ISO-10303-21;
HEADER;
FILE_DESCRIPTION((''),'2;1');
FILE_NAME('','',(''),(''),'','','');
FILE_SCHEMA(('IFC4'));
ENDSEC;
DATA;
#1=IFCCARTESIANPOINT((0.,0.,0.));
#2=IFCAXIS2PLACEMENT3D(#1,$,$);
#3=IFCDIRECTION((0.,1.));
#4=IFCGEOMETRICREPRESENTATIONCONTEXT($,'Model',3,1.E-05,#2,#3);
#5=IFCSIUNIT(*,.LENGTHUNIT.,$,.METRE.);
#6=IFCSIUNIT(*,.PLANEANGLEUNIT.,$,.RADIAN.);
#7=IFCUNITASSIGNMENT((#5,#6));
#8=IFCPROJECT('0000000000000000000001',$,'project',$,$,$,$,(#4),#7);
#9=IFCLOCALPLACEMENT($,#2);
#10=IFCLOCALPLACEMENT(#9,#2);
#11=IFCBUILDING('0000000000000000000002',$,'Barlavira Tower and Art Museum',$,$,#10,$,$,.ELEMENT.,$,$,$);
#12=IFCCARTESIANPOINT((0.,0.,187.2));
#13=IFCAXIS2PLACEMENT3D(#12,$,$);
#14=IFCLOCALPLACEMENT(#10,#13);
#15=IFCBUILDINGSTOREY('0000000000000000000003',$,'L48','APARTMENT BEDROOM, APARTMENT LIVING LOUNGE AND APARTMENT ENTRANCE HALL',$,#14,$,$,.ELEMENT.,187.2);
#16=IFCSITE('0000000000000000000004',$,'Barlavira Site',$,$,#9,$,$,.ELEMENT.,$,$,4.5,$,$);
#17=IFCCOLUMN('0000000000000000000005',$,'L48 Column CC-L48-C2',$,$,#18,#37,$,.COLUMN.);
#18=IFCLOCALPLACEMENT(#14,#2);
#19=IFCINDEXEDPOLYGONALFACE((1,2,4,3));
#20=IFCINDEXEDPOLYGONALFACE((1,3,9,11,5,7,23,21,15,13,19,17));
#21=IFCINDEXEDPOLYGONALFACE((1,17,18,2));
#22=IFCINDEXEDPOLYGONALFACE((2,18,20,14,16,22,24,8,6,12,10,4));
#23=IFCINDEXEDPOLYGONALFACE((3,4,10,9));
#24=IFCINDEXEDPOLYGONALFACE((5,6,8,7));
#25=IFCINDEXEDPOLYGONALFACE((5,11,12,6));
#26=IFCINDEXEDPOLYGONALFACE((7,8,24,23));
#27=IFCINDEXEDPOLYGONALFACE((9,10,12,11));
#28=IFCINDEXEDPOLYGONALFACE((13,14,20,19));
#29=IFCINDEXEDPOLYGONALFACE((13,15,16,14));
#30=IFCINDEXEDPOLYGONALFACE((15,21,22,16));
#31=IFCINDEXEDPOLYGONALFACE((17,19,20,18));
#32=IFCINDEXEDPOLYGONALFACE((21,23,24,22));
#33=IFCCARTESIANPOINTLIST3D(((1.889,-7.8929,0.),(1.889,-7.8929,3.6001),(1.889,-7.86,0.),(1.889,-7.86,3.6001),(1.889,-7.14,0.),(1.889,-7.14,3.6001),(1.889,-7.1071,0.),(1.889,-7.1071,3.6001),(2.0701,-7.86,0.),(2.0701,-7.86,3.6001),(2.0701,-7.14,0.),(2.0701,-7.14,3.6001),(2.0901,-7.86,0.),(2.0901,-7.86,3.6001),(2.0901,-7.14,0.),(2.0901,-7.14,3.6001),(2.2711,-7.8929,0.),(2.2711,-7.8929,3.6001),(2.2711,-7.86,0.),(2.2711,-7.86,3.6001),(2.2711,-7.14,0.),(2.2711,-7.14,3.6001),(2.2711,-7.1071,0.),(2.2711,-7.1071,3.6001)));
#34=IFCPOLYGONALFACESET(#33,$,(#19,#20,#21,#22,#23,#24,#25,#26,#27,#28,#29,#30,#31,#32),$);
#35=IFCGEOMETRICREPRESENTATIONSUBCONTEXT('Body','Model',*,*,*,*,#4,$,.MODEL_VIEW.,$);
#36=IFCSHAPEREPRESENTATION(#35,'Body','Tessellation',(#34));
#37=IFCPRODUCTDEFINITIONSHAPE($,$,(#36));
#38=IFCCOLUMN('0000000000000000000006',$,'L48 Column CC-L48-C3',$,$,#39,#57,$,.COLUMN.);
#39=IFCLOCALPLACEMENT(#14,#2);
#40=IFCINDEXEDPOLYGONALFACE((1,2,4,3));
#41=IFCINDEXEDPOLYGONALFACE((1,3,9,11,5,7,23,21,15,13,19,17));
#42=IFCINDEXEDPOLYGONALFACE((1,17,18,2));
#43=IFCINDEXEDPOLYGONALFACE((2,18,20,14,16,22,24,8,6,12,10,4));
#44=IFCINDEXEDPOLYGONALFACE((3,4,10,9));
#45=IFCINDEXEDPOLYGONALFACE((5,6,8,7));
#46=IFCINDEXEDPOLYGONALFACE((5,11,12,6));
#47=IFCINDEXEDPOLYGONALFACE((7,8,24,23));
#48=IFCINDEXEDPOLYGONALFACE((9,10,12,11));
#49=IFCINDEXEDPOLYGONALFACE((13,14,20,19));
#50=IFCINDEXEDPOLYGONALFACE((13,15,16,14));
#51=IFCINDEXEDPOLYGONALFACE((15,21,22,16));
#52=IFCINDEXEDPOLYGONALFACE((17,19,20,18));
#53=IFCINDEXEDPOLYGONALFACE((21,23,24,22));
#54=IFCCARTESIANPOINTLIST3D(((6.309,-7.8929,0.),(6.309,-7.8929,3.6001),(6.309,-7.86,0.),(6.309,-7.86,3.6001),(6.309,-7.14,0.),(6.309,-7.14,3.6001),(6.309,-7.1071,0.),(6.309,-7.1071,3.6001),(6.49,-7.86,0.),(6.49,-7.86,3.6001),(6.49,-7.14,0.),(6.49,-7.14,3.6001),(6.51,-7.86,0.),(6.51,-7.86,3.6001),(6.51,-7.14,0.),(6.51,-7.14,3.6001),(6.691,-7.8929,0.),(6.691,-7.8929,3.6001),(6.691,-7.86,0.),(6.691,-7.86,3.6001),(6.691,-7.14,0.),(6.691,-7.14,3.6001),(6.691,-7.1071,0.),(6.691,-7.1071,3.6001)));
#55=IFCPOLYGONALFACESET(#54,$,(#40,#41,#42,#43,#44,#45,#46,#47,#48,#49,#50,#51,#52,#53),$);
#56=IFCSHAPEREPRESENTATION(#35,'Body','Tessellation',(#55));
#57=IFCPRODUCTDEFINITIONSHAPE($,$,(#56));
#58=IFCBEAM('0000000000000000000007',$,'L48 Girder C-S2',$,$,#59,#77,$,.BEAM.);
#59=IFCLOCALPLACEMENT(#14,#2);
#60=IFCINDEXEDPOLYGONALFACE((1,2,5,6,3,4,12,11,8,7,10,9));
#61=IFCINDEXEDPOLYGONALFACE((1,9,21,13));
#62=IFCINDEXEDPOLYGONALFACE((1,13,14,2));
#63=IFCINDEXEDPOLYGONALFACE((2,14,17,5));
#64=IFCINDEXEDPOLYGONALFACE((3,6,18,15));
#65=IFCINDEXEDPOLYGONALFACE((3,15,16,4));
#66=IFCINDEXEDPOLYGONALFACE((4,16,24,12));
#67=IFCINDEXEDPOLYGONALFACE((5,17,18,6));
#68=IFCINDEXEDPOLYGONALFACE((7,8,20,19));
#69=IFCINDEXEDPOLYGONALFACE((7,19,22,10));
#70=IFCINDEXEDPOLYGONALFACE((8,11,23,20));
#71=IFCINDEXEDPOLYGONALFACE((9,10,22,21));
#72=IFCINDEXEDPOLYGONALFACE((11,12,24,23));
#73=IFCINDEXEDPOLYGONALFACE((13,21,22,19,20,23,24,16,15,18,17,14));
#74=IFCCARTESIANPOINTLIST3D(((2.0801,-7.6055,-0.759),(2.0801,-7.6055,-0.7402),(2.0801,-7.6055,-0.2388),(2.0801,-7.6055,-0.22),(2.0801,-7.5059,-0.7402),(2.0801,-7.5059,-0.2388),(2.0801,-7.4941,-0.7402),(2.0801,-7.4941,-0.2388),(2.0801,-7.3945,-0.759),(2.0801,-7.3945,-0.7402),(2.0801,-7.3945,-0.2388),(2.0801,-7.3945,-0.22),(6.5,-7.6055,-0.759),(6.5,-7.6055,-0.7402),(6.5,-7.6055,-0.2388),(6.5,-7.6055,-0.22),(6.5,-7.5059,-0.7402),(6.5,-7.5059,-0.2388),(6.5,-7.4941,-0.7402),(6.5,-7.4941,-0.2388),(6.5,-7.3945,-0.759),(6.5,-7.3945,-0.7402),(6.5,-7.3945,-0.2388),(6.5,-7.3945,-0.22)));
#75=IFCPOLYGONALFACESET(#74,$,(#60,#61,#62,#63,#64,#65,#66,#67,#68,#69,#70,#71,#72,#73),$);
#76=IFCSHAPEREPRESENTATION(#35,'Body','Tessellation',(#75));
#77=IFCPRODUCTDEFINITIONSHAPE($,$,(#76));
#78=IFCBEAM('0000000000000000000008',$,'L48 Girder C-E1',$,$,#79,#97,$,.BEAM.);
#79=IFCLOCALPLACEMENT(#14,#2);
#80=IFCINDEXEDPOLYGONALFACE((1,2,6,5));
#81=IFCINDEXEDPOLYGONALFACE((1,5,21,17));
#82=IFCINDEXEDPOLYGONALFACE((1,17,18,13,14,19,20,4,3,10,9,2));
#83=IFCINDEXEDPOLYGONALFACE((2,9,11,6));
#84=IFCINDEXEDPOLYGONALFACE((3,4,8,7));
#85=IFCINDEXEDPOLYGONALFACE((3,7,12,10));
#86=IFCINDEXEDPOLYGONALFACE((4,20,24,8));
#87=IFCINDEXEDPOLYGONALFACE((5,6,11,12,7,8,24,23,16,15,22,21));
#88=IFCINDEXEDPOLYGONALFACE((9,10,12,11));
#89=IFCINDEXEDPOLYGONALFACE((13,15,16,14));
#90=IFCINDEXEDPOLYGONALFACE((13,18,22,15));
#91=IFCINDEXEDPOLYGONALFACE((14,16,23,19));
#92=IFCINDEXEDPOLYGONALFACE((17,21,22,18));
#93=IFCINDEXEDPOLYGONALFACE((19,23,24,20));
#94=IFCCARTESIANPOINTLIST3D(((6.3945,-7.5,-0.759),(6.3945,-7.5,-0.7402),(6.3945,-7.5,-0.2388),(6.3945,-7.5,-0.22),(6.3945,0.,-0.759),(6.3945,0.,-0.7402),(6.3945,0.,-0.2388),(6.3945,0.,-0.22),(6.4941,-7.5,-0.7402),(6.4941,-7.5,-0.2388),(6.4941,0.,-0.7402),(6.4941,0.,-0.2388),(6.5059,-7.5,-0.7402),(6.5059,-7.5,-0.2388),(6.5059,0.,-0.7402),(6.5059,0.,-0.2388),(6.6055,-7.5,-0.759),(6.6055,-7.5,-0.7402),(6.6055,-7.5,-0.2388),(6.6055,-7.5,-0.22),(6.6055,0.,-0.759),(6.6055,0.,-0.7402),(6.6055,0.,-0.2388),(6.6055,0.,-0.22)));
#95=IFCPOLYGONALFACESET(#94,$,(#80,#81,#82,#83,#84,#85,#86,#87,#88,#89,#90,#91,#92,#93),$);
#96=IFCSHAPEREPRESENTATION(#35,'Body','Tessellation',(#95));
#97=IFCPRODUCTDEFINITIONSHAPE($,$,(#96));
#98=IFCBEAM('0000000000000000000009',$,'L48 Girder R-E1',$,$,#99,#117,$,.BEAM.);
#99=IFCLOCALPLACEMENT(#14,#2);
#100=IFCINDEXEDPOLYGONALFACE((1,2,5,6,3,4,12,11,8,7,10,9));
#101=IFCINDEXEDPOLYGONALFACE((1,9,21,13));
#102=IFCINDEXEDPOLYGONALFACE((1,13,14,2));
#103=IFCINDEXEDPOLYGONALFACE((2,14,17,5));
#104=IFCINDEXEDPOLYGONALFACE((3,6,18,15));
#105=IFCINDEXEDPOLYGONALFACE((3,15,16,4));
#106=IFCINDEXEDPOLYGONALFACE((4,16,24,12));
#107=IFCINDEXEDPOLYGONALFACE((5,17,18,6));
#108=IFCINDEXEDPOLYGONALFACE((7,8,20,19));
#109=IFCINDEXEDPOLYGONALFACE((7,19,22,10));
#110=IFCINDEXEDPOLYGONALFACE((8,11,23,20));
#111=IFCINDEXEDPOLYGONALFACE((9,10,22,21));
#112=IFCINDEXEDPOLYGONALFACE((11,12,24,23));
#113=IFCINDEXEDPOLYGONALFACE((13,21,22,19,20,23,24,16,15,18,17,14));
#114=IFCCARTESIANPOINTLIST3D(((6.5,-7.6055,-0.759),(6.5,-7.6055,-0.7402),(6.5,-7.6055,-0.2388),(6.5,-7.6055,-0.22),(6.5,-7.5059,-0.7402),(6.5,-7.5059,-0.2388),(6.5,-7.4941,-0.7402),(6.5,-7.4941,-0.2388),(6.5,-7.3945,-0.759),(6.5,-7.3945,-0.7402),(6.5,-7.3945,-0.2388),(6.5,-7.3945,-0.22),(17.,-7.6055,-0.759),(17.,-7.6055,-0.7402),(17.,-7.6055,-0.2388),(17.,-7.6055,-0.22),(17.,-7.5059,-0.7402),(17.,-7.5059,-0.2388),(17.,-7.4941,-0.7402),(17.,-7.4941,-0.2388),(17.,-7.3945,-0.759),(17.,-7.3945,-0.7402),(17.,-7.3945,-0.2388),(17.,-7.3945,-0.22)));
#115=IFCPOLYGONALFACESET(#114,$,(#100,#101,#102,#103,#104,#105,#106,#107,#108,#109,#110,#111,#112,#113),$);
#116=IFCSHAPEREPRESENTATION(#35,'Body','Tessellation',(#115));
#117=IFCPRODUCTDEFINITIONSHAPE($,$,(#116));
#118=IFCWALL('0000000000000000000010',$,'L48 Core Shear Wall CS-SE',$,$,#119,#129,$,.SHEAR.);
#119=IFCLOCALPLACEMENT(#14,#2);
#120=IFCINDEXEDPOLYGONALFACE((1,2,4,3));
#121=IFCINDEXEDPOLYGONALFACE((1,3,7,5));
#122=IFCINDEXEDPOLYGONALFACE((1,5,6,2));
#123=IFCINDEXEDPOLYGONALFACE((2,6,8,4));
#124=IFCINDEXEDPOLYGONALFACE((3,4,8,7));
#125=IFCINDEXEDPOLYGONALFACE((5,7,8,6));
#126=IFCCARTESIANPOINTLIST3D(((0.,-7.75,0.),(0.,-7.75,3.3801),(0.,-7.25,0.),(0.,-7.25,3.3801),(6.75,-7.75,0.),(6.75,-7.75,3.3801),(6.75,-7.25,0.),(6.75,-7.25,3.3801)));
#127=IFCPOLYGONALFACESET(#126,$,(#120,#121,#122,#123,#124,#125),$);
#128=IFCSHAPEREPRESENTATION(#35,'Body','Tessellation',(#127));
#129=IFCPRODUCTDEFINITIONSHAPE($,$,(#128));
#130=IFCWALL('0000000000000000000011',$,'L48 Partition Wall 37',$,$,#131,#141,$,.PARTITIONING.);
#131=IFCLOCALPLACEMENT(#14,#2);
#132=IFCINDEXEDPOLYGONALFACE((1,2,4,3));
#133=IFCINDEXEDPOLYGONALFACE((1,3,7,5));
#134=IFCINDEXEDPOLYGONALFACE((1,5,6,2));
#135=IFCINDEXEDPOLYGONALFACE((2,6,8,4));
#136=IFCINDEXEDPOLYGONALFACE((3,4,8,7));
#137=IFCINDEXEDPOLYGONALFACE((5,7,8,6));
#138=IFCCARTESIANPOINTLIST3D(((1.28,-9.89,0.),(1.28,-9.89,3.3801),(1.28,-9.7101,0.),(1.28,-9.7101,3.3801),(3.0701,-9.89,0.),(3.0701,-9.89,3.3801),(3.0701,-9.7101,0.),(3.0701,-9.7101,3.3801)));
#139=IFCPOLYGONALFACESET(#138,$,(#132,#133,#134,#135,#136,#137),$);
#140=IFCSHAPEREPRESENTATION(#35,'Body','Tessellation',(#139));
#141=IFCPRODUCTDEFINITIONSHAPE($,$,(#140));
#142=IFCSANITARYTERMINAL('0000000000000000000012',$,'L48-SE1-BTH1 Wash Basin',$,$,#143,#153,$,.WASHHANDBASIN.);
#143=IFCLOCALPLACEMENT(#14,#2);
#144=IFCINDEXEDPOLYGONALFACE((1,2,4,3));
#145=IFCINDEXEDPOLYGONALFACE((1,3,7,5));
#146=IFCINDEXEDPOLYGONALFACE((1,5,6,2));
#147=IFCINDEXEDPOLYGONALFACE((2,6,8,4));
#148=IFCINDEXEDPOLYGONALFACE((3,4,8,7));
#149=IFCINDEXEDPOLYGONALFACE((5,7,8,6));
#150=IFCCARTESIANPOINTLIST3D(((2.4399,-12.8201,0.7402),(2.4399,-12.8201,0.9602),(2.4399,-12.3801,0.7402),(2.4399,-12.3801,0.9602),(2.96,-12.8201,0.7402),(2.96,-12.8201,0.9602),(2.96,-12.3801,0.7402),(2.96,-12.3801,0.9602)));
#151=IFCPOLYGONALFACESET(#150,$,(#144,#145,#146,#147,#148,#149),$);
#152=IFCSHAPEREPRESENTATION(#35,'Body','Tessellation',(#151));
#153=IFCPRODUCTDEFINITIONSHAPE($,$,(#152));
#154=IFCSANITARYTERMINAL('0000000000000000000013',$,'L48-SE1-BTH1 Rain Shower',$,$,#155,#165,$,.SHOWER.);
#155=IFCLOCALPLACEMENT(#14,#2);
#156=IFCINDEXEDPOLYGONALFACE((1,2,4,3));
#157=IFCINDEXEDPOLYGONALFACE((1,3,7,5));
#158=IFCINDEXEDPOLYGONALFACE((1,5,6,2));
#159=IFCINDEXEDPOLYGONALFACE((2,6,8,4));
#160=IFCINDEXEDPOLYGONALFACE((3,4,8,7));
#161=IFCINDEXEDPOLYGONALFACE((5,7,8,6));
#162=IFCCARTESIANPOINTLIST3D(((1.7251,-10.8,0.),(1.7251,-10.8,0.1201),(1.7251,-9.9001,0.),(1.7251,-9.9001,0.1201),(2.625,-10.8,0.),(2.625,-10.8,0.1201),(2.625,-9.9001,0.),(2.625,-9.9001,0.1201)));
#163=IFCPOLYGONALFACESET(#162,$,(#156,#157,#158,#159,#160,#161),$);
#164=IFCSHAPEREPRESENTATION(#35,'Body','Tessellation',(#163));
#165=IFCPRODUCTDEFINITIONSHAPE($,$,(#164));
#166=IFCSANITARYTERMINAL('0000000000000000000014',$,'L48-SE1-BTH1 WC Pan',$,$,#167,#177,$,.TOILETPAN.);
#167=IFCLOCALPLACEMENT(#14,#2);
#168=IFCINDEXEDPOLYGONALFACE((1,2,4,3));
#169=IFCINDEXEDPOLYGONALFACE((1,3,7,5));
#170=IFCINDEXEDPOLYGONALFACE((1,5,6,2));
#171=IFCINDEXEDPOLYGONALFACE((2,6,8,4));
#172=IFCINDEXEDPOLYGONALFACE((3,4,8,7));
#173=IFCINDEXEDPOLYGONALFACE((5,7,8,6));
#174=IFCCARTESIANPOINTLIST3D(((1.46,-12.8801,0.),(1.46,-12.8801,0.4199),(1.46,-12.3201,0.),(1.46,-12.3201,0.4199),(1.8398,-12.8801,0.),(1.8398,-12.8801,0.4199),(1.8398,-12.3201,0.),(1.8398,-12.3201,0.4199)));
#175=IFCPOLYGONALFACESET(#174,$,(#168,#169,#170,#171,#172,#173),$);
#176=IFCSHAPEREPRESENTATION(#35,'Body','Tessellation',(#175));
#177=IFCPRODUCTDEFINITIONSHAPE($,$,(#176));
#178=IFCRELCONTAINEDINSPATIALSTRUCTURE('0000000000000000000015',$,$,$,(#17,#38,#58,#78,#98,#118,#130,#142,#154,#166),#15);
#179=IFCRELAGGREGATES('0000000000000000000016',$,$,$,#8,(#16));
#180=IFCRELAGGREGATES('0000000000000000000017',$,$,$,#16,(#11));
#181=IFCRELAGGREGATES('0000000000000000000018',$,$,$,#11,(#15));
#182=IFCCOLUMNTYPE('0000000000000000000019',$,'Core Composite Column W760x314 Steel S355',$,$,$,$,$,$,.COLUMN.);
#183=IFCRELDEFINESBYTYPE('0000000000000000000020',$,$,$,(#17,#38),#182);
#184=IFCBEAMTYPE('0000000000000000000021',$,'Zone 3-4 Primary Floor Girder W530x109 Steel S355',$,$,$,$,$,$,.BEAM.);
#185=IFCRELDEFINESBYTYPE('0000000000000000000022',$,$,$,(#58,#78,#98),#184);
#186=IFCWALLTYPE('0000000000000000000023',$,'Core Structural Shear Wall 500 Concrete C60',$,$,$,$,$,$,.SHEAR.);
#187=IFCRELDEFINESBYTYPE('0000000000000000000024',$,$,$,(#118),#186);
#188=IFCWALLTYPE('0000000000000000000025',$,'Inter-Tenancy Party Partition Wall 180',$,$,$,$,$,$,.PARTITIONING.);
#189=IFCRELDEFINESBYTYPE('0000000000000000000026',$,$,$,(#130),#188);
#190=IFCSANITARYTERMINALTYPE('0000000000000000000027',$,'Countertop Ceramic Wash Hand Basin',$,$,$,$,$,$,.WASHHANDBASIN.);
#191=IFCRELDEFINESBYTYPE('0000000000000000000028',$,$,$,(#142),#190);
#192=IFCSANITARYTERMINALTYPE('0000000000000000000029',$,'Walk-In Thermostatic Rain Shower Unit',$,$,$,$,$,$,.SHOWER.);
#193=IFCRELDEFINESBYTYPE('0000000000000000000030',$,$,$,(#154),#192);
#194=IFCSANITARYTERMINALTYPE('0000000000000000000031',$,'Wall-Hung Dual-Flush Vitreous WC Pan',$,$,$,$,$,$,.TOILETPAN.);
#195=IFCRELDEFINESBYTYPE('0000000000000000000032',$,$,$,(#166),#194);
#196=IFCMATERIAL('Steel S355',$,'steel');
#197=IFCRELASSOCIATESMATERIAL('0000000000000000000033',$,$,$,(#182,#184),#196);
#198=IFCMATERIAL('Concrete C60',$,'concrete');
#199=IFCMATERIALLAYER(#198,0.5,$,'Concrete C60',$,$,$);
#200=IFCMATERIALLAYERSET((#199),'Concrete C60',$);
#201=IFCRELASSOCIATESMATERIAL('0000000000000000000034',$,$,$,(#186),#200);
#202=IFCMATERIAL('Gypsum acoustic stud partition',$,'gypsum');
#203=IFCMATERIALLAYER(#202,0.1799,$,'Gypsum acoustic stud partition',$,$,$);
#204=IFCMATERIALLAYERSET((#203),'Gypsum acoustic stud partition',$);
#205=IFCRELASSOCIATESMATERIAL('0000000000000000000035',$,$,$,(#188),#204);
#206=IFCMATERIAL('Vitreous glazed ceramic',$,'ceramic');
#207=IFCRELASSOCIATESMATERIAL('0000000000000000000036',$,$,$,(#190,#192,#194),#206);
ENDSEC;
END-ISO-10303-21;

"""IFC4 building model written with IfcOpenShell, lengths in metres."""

from ifc_helpers import new_model, si_unit, direction, frame, frame_2d, origin, origin_2d, place, context, subcontext, project, spatial, rectangle, i_section, extrude, material, layer, layer_set, material_profile, profile_set, type_object, element, save


model = new_model("IFC4")

# Units and contexts
model_context = context("Model", 3, precision=1e-05, world=origin(), true_north=direction((0.0, 1.0)))
body_context = subcontext(model_context, "Body", "Model", "MODEL_VIEW")
ifc_project = project(units=[si_unit("LENGTHUNIT", "METRE"), si_unit("PLANEANGLEUNIT", "RADIAN")], contexts=[model_context])

# Site, building, storey
site_placement = place(None, origin())
site = spatial("IfcSite", under=ifc_project, at=site_placement, Name="Barlavira Site", CompositionType="ELEMENT", RefElevation=4.5)
building_placement = place(site_placement, origin())
building = spatial("IfcBuilding", under=site, at=building_placement, Name="Barlavira Tower and Art Museum", CompositionType="ELEMENT")
storey_placement = place(building_placement, frame((0.0, 0.0, 187.2)))
storey = spatial("IfcBuildingStorey", under=building, at=storey_placement, Name="L48", Description="APARTMENT BEDROOM, APARTMENT LIVING LOUNGE AND APARTMENT ENTRANCE HALL", CompositionType="ELEMENT", Elevation=187.2)

# Columns
ifc_material_1 = material(Name="Steel S355", Category="steel")
ifc_material_profile_1 = material_profile(ifc_material_1, i_section(OverallWidth=0.3821, OverallDepth=0.7859, WebThickness=0.02, FlangeThickness=0.033, at=origin_2d()), Name="W760x314.0")
ifc_profile_set_1 = profile_set([ifc_material_profile_1], Name="Steel S355")
column_type = type_object("IfcColumnType", Name="Core Composite Column W760x314 Steel S355", PredefinedType="COLUMN", material=ifc_profile_set_1)
for number, where, z_axis, x_axis, name in (
    (1, (2.0801, -7.5, 0.0), (0.0, 0.0, 1.0), (1.0, 0.0, 0.0), "L48 Column CC-L48-C2"),
    (2, (6.5, -7.5, 0.0), (0.0, 0.0, 1.0), (1.0, 0.0, 0.0), "L48 Column CC-L48-C3"),
):
    element("IfcColumn", number, at=place(storey_placement, frame(where, z_axis=z_axis, x_axis=x_axis)), inside=storey, type_object=column_type, Name=name, PredefinedType="COLUMN", context=body_context, shape_type="SweptSolid", body=[
        extrude(i_section(OverallWidth=0.3821, OverallDepth=0.7859, WebThickness=0.02, FlangeThickness=0.033, at=origin_2d()), origin(), (0.0, 0.0, 1.0), 3.6001),
    ])

# Beams
ifc_material_profile_2 = material_profile(ifc_material_1, i_section(OverallWidth=0.2109, OverallDepth=0.5391, WebThickness=0.0117, FlangeThickness=0.0188, at=origin_2d()), Name="W530x109.0")
ifc_profile_set_2 = profile_set([ifc_material_profile_2], Name="Steel S355")
beam_type = type_object("IfcBeamType", Name="Zone 3-4 Primary Floor Girder W530x109 Steel S355", PredefinedType="BEAM", material=ifc_profile_set_2)
beam_1_placement = place(storey_placement, frame((2.0801, -7.5, -0.4895), z_axis=(1.0, 0.0, 0.0), x_axis=(0.0, 1.0, 0.0)))
element("IfcBeam", 3, at=beam_1_placement, inside=storey, type_object=beam_type, Name="L48 Girder C-S2", PredefinedType="BEAM", context=body_context, shape_type="SweptSolid", body=[
    extrude(i_section(OverallWidth=0.2109, OverallDepth=0.5391, WebThickness=0.0117, FlangeThickness=0.0188, at=origin_2d()), origin(), (0.0, 0.0, 1.0), 4.4199),
])
beam_2_placement = place(storey_placement, frame((6.5, -7.5, -0.4895), z_axis=(0.0, 1.0, 0.0), x_axis=(-1.0, 0.0, 0.0)))
element("IfcBeam", 4, at=beam_2_placement, inside=storey, type_object=beam_type, Name="L48 Girder C-E1", PredefinedType="BEAM", context=body_context, shape_type="SweptSolid", body=[
    extrude(i_section(OverallWidth=0.2109, OverallDepth=0.5391, WebThickness=0.0117, FlangeThickness=0.0188, at=origin_2d()), origin(), (0.0, 0.0, 1.0), 7.5),
])
beam_3_placement = place(storey_placement, frame((6.5, -7.5, -0.4895), z_axis=(1.0, 0.0, 0.0), x_axis=(0.0, 1.0, 0.0)))
element("IfcBeam", 5, at=beam_3_placement, inside=storey, type_object=beam_type, Name="L48 Girder R-E1", PredefinedType="BEAM", context=body_context, shape_type="SweptSolid", body=[
    extrude(i_section(OverallWidth=0.2109, OverallDepth=0.5391, WebThickness=0.0117, FlangeThickness=0.0188, at=origin_2d()), origin(), (0.0, 0.0, 1.0), 10.5),
])

# Walls
ifc_material_2 = material(Name="Concrete C60", Category="concrete")
ifc_layer_1 = layer(ifc_material_2, 0.5, Name="Concrete C60")
ifc_layer_set_1 = layer_set([ifc_layer_1], Name="Concrete C60")
wall_type_1 = type_object("IfcWallType", Name="Core Structural Shear Wall 500 Concrete C60", PredefinedType="SHEAR", material=ifc_layer_set_1)
wall_1_placement = place(storey_placement, frame((0.0, -7.5, 0.0), z_axis=(0.0, 0.0, 1.0), x_axis=(1.0, 0.0, 0.0)))
element("IfcWall", 6, at=wall_1_placement, inside=storey, type_object=wall_type_1, Name="L48 Core Shear Wall CS-SE", PredefinedType="SHEAR", context=body_context, shape_type="SweptSolid", body=[
    extrude(rectangle(XDim=6.75, YDim=0.5, at=frame_2d((3.375, 0.0))), origin(), (0.0, 0.0, 1.0), 3.3801),
])
ifc_material_3 = material(Name="Gypsum acoustic stud partition", Category="gypsum")
ifc_layer_2 = layer(ifc_material_3, 0.1799, Name="Gypsum acoustic stud partition")
ifc_layer_set_2 = layer_set([ifc_layer_2], Name="Gypsum acoustic stud partition")
wall_type_2 = type_object("IfcWallType", Name="Inter-Tenancy Party Partition Wall 180", PredefinedType="PARTITIONING", material=ifc_layer_set_2)
wall_2_placement = place(storey_placement, frame((1.28, -9.8, 0.0), z_axis=(0.0, 0.0, 1.0), x_axis=(1.0, 0.0, 0.0)))
element("IfcWall", 7, at=wall_2_placement, inside=storey, type_object=wall_type_2, Name="L48 Partition Wall 37", PredefinedType="PARTITIONING", context=body_context, shape_type="SweptSolid", body=[
    extrude(rectangle(XDim=1.79, YDim=0.1799, at=frame_2d((0.895, 0.0))), origin(), (0.0, 0.0, 1.0), 3.3801),
])

# Sanitary terminals
ifc_material_4 = material(Name="Vitreous glazed ceramic", Category="ceramic")
sanitary_terminal_type_1 = type_object("IfcSanitaryTerminalType", Name="Countertop Ceramic Wash Hand Basin", PredefinedType="WASHHANDBASIN", material=ifc_material_4)
sanitary_terminal_1_placement = place(storey_placement, frame((2.7, -12.6001, 0.7402), z_axis=(0.0, 0.0, 1.0), x_axis=(1.0, 0.0, 0.0)))
element("IfcSanitaryTerminal", 8, at=sanitary_terminal_1_placement, inside=storey, type_object=sanitary_terminal_type_1, Name="L48-SE1-BTH1 Wash Basin", PredefinedType="WASHHANDBASIN", context=body_context, shape_type="SweptSolid", body=[
    extrude(rectangle(XDim=0.52, YDim=0.4399, at=origin_2d()), origin(), (0.0, 0.0, 1.0), 0.22),
])
sanitary_terminal_type_2 = type_object("IfcSanitaryTerminalType", Name="Walk-In Thermostatic Rain Shower Unit", PredefinedType="SHOWER", material=ifc_material_4)
sanitary_terminal_2_placement = place(storey_placement, frame((2.175, -10.3501, 0.0), z_axis=(0.0, 0.0, 1.0), x_axis=(1.0, 0.0, 0.0)))
element("IfcSanitaryTerminal", 9, at=sanitary_terminal_2_placement, inside=storey, type_object=sanitary_terminal_type_2, Name="L48-SE1-BTH1 Rain Shower", PredefinedType="SHOWER", context=body_context, shape_type="SweptSolid", body=[
    extrude(rectangle(XDim=0.8999, YDim=0.8999, at=origin_2d()), origin(), (0.0, 0.0, 1.0), 0.1201),
])
sanitary_terminal_type_3 = type_object("IfcSanitaryTerminalType", Name="Wall-Hung Dual-Flush Vitreous WC Pan", PredefinedType="TOILETPAN", material=ifc_material_4)
sanitary_terminal_3_placement = place(storey_placement, frame((1.6499, -12.6001, 0.0), z_axis=(0.0, 0.0, 1.0), x_axis=(1.0, 0.0, 0.0)))
element("IfcSanitaryTerminal", 10, at=sanitary_terminal_3_placement, inside=storey, type_object=sanitary_terminal_type_3, Name="L48-SE1-BTH1 WC Pan", PredefinedType="TOILETPAN", context=body_context, shape_type="SweptSolid", body=[
    extrude(rectangle(XDim=0.3799, YDim=0.5601, at=origin_2d()), origin(), (0.0, 0.0, 1.0), 0.4199),
])

save(model, "model.ifc")
